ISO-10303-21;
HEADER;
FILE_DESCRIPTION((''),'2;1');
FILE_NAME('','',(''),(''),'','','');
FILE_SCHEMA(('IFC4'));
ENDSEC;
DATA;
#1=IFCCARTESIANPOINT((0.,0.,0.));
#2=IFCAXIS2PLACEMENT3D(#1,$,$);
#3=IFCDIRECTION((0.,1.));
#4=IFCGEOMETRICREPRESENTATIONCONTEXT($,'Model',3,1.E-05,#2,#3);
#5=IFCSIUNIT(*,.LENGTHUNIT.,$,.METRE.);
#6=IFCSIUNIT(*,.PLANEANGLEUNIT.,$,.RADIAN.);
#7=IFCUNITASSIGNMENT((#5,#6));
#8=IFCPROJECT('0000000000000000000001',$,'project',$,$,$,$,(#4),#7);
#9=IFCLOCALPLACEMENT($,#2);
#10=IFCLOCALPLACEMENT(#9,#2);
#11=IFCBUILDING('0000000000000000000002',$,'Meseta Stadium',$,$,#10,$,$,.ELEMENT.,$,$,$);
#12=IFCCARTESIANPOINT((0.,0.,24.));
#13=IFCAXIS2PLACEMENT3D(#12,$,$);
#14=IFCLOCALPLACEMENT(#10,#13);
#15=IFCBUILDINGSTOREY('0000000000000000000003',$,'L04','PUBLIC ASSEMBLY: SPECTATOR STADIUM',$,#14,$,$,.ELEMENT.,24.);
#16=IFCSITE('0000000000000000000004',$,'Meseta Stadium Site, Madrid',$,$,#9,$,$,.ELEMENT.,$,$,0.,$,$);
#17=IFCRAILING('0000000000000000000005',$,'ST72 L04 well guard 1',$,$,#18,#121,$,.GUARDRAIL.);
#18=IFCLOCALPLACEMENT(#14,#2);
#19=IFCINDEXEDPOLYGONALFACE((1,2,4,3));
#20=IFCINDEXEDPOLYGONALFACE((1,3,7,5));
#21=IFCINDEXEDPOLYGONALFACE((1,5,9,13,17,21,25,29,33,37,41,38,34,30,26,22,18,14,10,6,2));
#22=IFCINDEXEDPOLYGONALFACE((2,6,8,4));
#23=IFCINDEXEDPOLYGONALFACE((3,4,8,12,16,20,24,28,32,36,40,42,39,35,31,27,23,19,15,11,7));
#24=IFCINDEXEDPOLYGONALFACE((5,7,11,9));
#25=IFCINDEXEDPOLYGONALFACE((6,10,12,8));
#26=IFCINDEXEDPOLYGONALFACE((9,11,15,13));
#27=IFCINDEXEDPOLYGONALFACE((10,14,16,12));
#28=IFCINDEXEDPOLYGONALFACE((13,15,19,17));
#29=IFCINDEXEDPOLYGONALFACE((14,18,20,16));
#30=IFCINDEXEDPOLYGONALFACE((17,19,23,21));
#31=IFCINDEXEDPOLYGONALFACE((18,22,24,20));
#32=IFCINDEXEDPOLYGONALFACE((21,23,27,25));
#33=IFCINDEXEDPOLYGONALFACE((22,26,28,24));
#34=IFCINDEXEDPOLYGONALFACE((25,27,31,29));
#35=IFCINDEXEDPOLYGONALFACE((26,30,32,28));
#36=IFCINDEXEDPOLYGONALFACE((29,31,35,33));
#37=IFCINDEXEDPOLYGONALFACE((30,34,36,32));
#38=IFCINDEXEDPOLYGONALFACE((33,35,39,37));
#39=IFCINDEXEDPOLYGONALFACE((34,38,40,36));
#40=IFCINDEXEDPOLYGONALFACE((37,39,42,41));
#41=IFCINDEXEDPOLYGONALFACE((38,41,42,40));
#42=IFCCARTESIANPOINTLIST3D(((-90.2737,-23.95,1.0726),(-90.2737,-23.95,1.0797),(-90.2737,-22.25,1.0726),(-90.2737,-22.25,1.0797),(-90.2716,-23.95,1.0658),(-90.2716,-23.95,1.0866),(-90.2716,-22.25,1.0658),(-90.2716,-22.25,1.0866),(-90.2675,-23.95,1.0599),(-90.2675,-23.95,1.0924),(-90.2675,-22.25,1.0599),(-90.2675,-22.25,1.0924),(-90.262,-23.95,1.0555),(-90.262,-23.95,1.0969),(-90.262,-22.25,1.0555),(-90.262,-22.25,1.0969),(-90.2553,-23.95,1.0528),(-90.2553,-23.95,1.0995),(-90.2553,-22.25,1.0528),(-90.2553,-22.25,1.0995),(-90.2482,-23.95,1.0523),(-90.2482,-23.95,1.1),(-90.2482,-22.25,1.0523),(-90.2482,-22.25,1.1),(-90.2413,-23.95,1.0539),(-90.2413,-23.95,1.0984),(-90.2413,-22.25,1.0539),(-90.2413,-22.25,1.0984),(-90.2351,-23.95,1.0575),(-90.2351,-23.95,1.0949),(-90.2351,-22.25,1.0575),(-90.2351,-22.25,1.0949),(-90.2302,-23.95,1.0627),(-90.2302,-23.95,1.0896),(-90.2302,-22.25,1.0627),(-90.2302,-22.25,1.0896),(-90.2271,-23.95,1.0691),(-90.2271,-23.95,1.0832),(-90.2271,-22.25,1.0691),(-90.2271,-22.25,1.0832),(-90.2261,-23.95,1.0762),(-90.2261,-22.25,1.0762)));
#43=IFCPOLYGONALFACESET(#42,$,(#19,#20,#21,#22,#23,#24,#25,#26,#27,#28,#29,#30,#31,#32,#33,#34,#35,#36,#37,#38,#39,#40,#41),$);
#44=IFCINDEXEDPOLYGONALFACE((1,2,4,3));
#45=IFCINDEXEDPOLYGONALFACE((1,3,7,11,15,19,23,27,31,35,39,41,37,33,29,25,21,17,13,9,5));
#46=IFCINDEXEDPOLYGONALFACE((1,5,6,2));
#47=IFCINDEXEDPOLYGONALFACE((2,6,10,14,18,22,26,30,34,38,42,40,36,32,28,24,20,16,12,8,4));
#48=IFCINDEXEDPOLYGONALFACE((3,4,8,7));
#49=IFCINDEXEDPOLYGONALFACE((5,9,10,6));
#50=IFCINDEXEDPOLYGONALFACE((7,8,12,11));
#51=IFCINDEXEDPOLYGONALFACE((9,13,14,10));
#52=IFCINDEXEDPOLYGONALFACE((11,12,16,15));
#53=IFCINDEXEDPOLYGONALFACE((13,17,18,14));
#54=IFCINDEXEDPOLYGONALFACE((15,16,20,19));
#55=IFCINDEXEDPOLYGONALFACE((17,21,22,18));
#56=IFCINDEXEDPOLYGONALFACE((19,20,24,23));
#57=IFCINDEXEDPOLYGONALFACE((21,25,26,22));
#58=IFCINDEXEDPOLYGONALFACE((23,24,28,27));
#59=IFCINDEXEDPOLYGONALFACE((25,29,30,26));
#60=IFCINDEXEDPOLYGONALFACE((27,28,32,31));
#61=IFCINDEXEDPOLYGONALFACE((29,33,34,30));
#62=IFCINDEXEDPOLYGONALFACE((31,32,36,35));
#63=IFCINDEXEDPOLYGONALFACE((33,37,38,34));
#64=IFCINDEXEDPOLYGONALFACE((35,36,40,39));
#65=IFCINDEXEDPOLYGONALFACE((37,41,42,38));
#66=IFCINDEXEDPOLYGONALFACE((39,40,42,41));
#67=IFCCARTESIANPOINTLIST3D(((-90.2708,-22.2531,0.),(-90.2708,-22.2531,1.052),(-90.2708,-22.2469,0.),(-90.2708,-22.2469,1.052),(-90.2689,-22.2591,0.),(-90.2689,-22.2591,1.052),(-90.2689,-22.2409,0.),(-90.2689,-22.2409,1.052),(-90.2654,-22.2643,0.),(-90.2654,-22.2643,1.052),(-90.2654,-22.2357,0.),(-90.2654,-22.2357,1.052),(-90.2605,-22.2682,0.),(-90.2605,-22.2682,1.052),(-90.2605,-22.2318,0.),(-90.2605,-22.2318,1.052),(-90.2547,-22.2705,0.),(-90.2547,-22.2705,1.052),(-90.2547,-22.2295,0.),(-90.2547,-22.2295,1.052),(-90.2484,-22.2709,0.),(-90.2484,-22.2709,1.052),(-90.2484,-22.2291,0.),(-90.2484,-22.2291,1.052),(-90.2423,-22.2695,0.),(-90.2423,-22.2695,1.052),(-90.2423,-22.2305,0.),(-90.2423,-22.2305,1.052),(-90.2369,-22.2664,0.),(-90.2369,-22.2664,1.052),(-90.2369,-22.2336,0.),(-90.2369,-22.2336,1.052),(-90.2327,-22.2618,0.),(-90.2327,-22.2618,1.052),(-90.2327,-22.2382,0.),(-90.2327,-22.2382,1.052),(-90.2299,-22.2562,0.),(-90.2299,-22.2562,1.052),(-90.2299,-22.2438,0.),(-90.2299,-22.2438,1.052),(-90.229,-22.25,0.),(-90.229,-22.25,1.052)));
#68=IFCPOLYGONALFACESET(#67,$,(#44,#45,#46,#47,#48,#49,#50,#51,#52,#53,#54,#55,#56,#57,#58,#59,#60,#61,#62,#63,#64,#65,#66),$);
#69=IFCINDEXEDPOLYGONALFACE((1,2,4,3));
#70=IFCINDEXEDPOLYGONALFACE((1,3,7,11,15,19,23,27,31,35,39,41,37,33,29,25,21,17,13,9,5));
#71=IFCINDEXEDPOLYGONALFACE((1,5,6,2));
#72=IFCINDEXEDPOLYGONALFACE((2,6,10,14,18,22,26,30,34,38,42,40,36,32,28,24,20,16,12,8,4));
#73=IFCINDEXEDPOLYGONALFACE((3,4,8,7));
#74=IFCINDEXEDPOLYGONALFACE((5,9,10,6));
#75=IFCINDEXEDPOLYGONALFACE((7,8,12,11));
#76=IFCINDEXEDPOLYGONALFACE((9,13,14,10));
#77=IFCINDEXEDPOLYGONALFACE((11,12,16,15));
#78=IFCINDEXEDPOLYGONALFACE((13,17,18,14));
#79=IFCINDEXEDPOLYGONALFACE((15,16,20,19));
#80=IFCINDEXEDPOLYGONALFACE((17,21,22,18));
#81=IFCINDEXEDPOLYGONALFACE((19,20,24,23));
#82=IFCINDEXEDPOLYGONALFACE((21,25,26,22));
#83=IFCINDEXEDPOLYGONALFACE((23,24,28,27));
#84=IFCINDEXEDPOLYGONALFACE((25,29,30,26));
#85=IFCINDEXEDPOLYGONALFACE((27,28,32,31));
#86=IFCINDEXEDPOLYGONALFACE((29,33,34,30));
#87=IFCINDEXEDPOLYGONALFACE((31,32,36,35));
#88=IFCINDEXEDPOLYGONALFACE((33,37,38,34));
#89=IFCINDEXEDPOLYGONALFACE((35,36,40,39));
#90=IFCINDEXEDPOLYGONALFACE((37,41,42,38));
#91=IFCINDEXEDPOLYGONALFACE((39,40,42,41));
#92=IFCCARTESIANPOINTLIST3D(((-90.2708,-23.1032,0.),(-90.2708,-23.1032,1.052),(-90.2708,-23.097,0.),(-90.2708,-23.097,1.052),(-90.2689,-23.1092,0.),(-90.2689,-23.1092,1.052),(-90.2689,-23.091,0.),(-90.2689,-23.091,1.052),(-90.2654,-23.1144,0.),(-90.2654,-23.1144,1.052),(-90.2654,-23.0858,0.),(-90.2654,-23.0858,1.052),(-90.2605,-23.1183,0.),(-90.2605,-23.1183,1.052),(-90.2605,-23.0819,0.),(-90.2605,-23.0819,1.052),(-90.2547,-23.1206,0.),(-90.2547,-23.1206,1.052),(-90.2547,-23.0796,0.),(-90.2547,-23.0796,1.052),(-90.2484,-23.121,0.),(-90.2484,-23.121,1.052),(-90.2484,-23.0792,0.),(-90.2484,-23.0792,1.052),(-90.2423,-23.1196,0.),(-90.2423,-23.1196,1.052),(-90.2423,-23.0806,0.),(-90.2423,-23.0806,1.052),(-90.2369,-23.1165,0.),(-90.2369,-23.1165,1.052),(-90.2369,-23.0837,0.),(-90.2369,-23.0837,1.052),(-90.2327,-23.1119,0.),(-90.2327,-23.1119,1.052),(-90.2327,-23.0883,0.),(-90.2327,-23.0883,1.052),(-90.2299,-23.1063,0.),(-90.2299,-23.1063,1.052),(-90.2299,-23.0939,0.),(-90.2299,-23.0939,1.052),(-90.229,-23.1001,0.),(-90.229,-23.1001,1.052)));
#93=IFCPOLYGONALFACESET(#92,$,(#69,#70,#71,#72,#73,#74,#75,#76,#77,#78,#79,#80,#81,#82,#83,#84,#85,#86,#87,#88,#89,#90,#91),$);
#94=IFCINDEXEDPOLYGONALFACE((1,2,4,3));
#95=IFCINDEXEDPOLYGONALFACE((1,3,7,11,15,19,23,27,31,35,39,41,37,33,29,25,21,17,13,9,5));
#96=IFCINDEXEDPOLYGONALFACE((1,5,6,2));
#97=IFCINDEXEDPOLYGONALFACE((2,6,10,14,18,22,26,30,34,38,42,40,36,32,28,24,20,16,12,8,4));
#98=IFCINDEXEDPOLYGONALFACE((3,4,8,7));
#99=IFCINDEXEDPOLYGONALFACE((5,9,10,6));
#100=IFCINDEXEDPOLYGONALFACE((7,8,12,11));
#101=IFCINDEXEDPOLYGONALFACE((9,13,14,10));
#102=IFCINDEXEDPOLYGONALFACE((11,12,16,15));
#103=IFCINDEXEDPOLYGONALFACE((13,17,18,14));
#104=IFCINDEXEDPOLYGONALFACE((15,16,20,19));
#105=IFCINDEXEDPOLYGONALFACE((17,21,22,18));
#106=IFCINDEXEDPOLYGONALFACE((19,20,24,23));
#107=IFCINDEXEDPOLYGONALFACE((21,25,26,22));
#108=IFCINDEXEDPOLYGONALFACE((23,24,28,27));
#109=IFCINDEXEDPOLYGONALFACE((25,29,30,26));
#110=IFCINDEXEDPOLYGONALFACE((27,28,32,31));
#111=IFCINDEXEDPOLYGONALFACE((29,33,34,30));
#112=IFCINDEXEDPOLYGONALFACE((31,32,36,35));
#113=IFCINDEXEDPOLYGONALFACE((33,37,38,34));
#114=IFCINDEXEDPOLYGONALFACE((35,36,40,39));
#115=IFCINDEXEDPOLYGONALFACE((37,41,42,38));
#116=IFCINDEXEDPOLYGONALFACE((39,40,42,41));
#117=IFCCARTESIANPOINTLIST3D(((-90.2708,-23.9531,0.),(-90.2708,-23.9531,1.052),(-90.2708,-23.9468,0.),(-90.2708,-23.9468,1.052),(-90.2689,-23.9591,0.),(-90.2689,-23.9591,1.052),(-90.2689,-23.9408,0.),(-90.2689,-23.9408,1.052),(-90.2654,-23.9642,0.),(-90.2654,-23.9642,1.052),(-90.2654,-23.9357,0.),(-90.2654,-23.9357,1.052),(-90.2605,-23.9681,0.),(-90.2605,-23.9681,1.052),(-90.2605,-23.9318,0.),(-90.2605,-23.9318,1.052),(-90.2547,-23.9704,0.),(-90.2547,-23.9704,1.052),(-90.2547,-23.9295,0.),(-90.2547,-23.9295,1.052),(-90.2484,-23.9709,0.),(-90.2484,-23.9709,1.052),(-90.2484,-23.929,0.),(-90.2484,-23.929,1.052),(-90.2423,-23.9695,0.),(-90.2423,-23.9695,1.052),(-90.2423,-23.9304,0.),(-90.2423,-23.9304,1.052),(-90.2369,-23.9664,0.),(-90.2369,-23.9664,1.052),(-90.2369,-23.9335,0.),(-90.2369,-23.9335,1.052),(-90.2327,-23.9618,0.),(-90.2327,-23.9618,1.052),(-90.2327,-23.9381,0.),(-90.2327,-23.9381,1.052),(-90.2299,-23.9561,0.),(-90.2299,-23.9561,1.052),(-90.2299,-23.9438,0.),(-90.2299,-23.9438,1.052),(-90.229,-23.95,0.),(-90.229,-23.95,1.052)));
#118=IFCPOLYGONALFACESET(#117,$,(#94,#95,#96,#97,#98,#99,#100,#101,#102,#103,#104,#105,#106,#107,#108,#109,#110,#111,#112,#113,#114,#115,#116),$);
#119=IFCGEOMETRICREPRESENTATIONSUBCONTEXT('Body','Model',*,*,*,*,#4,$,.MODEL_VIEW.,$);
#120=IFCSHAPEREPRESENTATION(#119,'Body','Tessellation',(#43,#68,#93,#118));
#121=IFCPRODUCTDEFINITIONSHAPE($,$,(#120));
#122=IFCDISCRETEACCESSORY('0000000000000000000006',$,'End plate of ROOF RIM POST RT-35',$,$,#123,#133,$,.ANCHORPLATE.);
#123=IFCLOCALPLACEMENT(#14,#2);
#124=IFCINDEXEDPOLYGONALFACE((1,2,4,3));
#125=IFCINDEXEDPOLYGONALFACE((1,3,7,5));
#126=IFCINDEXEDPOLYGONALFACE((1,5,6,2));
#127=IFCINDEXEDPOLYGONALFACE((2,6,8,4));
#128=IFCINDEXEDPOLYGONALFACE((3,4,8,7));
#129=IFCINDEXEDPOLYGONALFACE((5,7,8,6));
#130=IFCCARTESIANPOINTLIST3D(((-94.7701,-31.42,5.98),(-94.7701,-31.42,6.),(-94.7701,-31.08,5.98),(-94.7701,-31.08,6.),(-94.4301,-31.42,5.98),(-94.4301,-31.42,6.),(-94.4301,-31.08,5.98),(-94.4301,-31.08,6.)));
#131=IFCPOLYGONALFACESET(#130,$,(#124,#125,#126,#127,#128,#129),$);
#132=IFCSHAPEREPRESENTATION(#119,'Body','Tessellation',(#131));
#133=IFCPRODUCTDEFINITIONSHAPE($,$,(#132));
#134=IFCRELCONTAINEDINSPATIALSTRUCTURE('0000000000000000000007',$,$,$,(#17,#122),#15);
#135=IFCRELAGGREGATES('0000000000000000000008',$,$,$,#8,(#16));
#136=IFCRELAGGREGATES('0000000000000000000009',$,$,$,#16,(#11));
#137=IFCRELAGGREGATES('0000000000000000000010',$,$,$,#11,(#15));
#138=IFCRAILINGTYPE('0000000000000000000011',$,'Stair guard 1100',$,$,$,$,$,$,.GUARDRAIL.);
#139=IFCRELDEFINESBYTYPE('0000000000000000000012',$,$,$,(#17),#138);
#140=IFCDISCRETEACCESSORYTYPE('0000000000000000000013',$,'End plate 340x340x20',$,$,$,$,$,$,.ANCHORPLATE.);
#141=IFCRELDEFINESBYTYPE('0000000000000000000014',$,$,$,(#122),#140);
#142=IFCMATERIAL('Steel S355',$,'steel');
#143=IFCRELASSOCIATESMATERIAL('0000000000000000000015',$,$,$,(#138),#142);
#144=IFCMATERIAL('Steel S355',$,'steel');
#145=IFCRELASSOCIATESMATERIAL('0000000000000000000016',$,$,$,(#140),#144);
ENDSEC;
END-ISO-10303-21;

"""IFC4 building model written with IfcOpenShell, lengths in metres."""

from ifc_helpers import new_model, si_unit, direction, frame, origin, origin_2d, place, context, subcontext, project, spatial, rectangle, circle, extrude, material, material_profile, profile_set, type_object, element, save


model = new_model("IFC4")

# Units and contexts
model_context = context("Model", 3, precision=1e-05, world=origin(), true_north=direction((0.0, 1.0)))
body_context = subcontext(model_context, "Body", "Model", "MODEL_VIEW")
ifc_project = project(units=[si_unit("LENGTHUNIT", "METRE"), si_unit("PLANEANGLEUNIT", "RADIAN")], contexts=[model_context])

# Site, building, storey
site_placement = place(None, origin())
site = spatial("IfcSite", under=ifc_project, at=site_placement, Name="Meseta Stadium Site, Madrid", CompositionType="ELEMENT", RefElevation=0.0)
building_placement = place(site_placement, origin())
building = spatial("IfcBuilding", under=site, at=building_placement, Name="Meseta Stadium", CompositionType="ELEMENT")
storey_placement = place(building_placement, frame((0.0, 0.0, 24.0)))
storey = spatial("IfcBuildingStorey", under=building, at=storey_placement, Name="L04", Description="PUBLIC ASSEMBLY: SPECTATOR STADIUM", CompositionType="ELEMENT", Elevation=24.0)

# Railing
ifc_material_1 = material(Name="Steel S355", Category="steel")
railing_type = type_object("IfcRailingType", Name="Stair guard 1100", PredefinedType="GUARDRAIL", material=ifc_material_1)
railing_placement = place(storey_placement, frame((-90.25, -22.25, 0.0)))
element("IfcRailing", 1, at=railing_placement, inside=storey, type_object=railing_type, Name="ST72 L04 well guard 1", PredefinedType="GUARDRAIL", context=body_context, shape_type="SweptSolid", body=[
    extrude(circle(Radius=0.0239, at=origin_2d()), frame((0.0, 0.0, 1.0762), z_axis=(0.0, -1.0, 0.0), x_axis=(1.0, 0.0, 0.0)), (0.0, 0.0, 1.0), 1.7),
    extrude(circle(Radius=0.021, at=origin_2d()), origin(), (0.0, 0.0, 1.0), 1.052),
    extrude(circle(Radius=0.021, at=origin_2d()), frame((0.0, -0.8501, 0.0)), (0.0, 0.0, 1.0), 1.052),
    extrude(circle(Radius=0.021, at=origin_2d()), frame((0.0, -1.7, 0.0)), (0.0, 0.0, 1.0), 1.052),
])

# Discrete accessory
ifc_material_2 = material(Name="Steel S355", Category="steel")
ifc_material_profile_1 = material_profile(ifc_material_2, rectangle(XDim=0.3401, YDim=0.3401, at=origin_2d()), Name="PL 340x340")
ifc_profile_set_1 = profile_set([ifc_material_profile_1], Name="Steel S355")
discrete_accessory_type = type_object("IfcDiscreteAccessoryType", Name="End plate 340x340x20", PredefinedType="ANCHORPLATE", material=ifc_profile_set_1)
discrete_accessory_placement = place(storey_placement, frame((-94.6001, -31.25, 5.98), z_axis=(0.0, 0.0, 1.0), x_axis=(1.0, 0.0, 0.0)))
element("IfcDiscreteAccessory", 2, at=discrete_accessory_placement, inside=storey, type_object=discrete_accessory_type, Name="End plate of ROOF RIM POST RT-35", PredefinedType="ANCHORPLATE", context=body_context, shape_type="SweptSolid", body=[
    extrude(rectangle(XDim=0.3401, YDim=0.3401, at=origin_2d()), origin(), (0.0, 0.0, 1.0), 0.02),
])

save(model, "model.ifc")
